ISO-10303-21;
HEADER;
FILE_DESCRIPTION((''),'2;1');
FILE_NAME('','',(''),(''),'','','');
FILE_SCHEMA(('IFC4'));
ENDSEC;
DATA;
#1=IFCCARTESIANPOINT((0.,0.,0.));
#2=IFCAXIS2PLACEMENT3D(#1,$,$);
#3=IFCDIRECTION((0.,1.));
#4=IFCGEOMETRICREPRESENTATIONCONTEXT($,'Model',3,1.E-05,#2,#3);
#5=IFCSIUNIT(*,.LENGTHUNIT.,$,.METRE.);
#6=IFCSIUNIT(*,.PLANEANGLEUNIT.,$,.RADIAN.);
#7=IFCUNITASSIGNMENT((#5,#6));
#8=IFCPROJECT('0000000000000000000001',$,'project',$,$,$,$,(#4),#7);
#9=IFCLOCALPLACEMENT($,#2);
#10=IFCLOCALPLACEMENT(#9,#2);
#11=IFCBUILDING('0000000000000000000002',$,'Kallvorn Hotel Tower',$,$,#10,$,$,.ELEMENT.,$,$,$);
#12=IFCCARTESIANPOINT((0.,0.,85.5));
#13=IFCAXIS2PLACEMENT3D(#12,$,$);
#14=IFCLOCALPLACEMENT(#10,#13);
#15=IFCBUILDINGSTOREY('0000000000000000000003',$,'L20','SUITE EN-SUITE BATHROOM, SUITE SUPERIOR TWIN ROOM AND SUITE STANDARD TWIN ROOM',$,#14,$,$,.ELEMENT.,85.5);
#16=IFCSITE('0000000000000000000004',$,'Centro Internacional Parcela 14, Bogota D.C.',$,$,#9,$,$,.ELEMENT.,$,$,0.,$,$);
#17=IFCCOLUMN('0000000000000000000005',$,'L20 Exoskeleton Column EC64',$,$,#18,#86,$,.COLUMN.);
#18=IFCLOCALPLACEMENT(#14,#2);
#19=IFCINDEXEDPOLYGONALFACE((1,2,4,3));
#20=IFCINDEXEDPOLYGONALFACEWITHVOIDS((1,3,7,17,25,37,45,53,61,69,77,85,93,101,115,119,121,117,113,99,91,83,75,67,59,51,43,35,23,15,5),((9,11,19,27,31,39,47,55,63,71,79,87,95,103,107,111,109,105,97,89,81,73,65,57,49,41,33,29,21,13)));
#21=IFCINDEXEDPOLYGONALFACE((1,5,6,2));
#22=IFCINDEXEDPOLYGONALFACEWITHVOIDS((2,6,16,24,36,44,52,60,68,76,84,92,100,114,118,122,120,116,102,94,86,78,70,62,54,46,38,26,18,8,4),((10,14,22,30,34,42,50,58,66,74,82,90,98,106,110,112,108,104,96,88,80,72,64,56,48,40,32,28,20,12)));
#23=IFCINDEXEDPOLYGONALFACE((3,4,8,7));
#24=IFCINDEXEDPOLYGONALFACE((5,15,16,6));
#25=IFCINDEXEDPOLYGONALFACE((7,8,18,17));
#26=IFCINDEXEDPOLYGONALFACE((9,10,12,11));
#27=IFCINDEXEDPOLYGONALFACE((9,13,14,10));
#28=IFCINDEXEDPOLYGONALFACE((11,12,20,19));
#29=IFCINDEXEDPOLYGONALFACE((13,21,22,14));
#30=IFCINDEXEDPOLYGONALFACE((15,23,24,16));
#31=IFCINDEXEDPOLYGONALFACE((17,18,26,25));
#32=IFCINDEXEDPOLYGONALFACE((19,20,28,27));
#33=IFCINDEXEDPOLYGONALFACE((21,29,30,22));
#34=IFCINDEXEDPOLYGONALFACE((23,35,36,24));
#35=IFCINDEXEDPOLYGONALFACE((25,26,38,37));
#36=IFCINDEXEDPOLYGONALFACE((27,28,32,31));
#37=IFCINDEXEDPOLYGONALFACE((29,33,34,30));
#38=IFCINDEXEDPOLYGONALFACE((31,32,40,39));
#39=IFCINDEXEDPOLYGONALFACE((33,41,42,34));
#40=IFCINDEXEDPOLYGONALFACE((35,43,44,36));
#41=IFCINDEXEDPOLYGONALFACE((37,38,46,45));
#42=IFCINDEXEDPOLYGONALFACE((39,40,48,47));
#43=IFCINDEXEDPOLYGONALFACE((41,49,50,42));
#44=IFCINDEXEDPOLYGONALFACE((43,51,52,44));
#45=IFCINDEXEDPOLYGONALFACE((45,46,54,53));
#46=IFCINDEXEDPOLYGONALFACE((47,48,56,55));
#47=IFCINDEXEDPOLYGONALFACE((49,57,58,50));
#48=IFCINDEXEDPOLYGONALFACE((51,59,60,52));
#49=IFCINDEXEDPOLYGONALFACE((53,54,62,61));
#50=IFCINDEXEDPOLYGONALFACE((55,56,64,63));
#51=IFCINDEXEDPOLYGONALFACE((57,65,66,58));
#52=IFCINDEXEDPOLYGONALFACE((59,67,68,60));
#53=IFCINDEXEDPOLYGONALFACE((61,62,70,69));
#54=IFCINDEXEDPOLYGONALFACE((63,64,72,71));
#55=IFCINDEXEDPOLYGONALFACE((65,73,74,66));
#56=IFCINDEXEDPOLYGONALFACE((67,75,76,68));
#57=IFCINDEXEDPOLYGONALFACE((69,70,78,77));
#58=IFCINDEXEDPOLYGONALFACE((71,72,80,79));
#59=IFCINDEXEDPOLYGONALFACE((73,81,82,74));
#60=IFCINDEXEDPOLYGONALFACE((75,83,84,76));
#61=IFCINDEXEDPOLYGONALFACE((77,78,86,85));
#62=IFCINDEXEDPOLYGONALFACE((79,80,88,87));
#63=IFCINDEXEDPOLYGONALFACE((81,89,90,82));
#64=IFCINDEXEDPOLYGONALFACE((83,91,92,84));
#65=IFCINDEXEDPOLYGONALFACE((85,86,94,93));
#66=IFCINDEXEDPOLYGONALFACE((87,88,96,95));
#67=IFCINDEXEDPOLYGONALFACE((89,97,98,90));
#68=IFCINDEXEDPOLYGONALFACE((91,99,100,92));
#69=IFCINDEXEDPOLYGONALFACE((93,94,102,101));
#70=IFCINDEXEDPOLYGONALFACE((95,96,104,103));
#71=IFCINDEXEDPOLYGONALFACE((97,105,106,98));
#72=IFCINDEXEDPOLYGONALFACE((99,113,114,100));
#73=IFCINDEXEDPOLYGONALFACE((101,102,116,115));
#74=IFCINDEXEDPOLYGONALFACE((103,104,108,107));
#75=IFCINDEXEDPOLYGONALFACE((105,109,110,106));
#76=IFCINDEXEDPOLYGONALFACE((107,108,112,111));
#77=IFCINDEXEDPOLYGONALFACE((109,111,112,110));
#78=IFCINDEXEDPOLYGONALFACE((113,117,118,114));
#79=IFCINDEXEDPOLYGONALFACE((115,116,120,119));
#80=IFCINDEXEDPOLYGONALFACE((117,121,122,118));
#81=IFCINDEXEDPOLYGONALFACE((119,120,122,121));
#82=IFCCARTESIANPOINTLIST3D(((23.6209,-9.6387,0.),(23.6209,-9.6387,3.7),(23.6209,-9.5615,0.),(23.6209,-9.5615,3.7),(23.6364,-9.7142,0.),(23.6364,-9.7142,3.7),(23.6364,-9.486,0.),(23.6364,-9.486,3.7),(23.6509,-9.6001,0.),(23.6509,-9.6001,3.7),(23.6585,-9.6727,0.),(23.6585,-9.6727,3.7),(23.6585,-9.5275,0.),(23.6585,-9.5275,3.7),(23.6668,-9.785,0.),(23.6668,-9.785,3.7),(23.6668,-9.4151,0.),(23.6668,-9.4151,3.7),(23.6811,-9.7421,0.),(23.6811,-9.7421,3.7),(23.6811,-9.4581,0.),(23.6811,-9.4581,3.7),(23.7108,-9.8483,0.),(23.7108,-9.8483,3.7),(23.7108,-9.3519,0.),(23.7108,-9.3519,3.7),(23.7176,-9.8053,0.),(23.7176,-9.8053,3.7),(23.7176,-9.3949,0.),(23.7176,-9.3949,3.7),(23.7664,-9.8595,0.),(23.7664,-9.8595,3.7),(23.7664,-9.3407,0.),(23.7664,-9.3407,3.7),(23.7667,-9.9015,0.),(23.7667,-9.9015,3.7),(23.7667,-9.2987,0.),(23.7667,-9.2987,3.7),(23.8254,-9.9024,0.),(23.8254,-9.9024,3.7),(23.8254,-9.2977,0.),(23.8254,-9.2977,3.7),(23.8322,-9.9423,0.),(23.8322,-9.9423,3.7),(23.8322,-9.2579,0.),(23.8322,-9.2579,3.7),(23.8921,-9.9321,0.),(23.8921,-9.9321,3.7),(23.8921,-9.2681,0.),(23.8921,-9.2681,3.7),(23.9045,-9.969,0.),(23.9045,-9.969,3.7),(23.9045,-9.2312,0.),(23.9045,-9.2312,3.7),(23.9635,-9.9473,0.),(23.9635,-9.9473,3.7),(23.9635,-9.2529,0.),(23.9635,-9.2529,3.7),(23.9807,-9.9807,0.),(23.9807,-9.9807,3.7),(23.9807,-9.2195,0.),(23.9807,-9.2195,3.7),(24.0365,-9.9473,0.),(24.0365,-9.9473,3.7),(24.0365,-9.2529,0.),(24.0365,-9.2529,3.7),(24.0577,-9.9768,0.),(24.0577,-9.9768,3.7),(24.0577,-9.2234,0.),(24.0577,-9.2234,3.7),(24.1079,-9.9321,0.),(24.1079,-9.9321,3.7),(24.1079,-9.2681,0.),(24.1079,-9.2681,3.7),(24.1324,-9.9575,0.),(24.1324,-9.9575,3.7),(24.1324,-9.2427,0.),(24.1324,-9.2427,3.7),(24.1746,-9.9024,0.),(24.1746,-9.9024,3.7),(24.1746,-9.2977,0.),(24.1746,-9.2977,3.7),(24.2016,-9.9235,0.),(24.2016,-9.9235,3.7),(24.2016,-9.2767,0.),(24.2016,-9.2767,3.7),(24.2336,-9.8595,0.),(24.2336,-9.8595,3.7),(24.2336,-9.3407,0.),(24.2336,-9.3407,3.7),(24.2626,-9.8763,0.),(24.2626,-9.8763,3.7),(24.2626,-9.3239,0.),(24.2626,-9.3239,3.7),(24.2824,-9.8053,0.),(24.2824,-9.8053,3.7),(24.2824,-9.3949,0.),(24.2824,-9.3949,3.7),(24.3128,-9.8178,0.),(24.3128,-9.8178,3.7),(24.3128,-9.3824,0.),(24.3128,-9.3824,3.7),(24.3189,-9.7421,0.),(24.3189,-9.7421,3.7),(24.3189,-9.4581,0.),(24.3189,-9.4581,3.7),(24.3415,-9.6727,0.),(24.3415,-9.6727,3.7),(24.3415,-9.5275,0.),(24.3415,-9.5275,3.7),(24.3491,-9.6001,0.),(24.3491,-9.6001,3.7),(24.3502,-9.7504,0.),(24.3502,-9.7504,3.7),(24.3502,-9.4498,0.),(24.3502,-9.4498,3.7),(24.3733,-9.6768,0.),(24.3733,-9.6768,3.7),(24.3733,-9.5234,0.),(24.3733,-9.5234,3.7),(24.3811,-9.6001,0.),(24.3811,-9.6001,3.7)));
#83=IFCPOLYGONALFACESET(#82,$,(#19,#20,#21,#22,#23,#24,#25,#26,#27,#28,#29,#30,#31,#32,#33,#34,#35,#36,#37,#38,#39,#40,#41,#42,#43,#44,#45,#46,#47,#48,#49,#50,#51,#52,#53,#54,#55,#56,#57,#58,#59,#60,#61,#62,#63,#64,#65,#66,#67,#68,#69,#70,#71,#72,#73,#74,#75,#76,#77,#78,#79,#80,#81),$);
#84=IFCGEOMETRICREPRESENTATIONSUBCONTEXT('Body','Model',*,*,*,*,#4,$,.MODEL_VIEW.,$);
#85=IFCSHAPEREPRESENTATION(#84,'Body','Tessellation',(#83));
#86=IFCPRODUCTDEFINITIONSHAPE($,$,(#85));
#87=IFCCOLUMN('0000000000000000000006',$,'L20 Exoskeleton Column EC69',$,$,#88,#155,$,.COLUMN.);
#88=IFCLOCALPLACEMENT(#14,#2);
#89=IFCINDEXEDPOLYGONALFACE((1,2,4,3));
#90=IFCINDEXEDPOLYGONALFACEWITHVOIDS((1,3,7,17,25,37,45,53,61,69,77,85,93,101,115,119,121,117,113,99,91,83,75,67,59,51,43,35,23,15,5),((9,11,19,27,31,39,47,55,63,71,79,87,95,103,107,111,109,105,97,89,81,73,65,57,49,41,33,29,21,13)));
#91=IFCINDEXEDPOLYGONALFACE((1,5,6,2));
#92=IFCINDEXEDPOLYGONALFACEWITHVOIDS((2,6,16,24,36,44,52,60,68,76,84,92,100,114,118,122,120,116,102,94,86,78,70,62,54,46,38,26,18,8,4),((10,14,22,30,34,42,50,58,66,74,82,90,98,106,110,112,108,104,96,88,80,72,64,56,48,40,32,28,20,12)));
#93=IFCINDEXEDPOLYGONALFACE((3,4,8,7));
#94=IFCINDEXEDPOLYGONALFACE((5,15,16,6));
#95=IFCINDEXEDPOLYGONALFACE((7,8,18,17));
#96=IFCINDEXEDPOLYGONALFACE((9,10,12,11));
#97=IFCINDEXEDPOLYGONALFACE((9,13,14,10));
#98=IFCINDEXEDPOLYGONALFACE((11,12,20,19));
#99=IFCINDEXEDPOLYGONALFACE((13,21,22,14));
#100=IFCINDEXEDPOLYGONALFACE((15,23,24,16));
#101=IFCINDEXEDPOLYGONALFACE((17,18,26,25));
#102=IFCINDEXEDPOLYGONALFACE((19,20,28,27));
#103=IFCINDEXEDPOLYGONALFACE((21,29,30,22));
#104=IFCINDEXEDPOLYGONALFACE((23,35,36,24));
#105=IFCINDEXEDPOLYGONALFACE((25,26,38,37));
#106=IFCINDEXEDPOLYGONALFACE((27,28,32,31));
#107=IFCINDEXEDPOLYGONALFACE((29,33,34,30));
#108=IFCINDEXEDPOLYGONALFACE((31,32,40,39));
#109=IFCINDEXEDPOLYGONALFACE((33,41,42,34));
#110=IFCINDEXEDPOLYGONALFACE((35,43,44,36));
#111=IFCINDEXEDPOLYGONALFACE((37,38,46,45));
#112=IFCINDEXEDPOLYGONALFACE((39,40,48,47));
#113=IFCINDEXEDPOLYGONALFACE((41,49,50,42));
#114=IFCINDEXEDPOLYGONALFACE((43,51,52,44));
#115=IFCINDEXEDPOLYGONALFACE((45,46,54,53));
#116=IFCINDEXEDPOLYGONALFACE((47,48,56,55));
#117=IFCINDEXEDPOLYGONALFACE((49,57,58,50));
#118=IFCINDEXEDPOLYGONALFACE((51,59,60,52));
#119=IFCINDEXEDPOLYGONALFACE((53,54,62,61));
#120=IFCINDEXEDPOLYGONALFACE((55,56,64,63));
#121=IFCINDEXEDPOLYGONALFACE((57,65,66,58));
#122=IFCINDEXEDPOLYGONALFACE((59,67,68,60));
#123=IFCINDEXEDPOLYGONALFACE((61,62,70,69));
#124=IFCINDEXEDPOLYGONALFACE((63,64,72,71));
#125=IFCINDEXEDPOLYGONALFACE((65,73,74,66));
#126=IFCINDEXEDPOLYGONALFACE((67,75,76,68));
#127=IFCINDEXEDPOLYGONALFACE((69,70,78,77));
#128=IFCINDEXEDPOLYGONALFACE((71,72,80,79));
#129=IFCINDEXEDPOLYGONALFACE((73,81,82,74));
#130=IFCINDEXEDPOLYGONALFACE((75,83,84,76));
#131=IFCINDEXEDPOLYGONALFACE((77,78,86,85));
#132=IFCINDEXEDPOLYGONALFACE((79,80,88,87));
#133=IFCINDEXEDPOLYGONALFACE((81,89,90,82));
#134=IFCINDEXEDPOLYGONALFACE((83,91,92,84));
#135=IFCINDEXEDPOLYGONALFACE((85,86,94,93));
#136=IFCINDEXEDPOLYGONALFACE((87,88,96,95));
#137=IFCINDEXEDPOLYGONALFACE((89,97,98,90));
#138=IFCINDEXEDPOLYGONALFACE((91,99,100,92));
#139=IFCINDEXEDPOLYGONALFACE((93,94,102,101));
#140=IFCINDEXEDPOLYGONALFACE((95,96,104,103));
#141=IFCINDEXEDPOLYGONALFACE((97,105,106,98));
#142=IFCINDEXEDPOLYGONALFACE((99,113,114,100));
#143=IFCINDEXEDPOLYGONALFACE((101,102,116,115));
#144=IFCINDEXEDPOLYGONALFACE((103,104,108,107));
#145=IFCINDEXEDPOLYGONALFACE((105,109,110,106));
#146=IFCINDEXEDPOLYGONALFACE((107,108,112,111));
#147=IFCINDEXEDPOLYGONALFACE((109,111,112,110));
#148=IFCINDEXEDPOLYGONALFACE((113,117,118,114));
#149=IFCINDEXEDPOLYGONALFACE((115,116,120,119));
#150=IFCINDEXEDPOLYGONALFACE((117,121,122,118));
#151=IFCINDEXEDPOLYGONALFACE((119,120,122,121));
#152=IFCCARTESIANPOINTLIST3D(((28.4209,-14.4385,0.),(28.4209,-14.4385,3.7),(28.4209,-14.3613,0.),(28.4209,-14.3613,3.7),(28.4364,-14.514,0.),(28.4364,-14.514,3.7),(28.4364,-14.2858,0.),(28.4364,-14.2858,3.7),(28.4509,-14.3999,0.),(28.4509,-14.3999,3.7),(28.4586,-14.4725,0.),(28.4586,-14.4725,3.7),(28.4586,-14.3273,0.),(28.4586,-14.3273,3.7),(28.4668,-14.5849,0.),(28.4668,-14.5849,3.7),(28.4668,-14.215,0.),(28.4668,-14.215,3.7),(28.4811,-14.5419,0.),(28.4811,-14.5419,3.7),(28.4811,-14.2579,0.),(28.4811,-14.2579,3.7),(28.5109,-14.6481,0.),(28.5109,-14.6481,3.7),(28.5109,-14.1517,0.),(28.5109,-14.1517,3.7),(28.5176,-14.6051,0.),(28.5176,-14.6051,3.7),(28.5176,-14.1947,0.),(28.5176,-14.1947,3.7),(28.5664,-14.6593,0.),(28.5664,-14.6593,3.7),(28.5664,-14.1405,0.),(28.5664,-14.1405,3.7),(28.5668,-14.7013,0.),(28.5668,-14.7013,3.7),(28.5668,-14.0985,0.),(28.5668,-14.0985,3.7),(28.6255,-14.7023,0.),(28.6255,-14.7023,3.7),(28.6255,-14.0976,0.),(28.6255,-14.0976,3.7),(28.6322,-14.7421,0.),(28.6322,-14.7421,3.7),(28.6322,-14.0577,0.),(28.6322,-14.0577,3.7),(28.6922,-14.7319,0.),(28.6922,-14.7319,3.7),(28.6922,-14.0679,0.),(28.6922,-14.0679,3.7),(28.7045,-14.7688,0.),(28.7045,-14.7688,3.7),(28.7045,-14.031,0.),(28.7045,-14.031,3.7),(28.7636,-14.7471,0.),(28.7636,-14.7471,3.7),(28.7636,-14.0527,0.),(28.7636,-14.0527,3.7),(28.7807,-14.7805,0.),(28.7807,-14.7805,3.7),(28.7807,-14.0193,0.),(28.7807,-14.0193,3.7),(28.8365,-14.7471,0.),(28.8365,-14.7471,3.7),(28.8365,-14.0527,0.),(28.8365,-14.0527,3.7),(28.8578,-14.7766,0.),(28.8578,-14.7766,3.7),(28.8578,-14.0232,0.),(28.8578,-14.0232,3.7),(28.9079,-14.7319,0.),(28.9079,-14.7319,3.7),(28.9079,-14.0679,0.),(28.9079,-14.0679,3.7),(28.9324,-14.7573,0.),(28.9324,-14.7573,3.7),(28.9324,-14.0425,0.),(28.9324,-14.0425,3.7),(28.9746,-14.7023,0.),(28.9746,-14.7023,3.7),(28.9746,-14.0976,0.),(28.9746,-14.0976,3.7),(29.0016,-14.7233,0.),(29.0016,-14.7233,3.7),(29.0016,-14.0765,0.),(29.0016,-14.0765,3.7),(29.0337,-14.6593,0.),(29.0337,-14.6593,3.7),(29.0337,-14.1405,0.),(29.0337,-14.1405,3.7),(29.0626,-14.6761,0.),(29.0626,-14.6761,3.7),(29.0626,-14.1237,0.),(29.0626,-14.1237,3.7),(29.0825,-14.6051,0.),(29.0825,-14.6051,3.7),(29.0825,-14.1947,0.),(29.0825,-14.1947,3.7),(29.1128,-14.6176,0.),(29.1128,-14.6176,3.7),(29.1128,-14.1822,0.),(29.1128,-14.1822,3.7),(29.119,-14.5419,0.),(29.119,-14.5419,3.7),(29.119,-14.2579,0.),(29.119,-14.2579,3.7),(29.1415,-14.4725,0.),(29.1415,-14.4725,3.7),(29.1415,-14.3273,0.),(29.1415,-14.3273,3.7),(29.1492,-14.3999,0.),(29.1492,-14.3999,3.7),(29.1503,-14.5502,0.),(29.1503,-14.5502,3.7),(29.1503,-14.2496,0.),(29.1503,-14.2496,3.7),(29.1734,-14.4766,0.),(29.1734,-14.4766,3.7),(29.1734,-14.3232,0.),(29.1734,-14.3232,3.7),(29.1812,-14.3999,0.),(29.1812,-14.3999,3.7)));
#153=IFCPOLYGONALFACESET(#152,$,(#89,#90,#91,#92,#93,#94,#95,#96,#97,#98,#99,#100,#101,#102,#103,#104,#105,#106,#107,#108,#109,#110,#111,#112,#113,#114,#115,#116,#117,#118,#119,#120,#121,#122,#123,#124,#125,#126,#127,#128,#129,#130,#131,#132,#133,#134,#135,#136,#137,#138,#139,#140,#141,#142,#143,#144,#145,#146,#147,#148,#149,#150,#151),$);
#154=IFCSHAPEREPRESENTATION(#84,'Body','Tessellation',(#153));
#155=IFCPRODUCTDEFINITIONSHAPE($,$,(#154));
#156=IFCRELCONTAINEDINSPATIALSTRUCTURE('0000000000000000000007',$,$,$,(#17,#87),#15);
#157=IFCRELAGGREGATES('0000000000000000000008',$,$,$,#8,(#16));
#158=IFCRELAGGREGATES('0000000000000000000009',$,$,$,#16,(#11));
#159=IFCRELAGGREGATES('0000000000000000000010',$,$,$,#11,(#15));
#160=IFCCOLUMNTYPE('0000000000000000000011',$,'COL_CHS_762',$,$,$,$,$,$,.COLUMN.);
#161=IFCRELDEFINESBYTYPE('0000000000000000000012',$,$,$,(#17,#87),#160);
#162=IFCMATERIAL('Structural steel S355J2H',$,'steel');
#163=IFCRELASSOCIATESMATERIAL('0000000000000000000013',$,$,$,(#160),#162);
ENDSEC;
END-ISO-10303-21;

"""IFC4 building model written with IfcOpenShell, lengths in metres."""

from ifc_helpers import new_model, si_unit, direction, frame, origin, origin_2d, place, context, subcontext, project, spatial, hollow_circle, extrude, material, material_profile, profile_set, type_object, element, save


model = new_model("IFC4")

# Units and contexts
model_context = context("Model", 3, precision=1e-05, world=origin(), true_north=direction((0.0, 1.0)))
body_context = subcontext(model_context, "Body", "Model", "MODEL_VIEW")
ifc_project = project(units=[si_unit("LENGTHUNIT", "METRE"), si_unit("PLANEANGLEUNIT", "RADIAN")], contexts=[model_context])

# Site, building, storey
site_placement = place(None, origin())
site = spatial("IfcSite", under=ifc_project, at=site_placement, Name="Centro Internacional Parcela 14, Bogota D.C.", CompositionType="ELEMENT", RefElevation=0.0)
building_placement = place(site_placement, origin())
building = spatial("IfcBuilding", under=site, at=building_placement, Name="Kallvorn Hotel Tower", CompositionType="ELEMENT")
storey_placement = place(building_placement, frame((0.0, 0.0, 85.5)))
storey = spatial("IfcBuildingStorey", under=building, at=storey_placement, Name="L20", Description="SUITE EN-SUITE BATHROOM, SUITE SUPERIOR TWIN ROOM AND SUITE STANDARD TWIN ROOM", CompositionType="ELEMENT", Elevation=85.5)

# Columns
ifc_material_1 = material(Name="Structural steel S355J2H", Category="steel")
ifc_material_profile_1 = material_profile(ifc_material_1, hollow_circle(Radius=0.3811, WallThickness=0.032, at=origin_2d()), Name="CHS 762x32")
ifc_profile_set_1 = profile_set([ifc_material_profile_1], Name="Structural steel S355J2H")
column_type_1 = type_object("IfcColumnType", Name="COL_CHS_762", PredefinedType="COLUMN", material=ifc_profile_set_1)
for number, where, z_axis, x_axis, name in (
    (1, (24.0, -9.6001, 0.0), (0.0, 0.0, 1.0), (1.0, 0.0, 0.0), "L20 Exoskeleton Column EC64"),
    (2, (28.8, -14.3999, 0.0), (0.0, 0.0, 1.0), (1.0, 0.0, 0.0), "L20 Exoskeleton Column EC69"),
):
    element("IfcColumn", number, at=place(storey_placement, frame(where, z_axis=z_axis, x_axis=x_axis)), inside=storey, type_object=column_type_1, Name=name, PredefinedType="COLUMN", context=body_context, shape_type="SweptSolid", body=[
        extrude(hollow_circle(Radius=0.3811, WallThickness=0.032, at=origin_2d()), origin(), (0.0, 0.0, 1.0), 3.7),
    ])

save(model, "model.ifc")
